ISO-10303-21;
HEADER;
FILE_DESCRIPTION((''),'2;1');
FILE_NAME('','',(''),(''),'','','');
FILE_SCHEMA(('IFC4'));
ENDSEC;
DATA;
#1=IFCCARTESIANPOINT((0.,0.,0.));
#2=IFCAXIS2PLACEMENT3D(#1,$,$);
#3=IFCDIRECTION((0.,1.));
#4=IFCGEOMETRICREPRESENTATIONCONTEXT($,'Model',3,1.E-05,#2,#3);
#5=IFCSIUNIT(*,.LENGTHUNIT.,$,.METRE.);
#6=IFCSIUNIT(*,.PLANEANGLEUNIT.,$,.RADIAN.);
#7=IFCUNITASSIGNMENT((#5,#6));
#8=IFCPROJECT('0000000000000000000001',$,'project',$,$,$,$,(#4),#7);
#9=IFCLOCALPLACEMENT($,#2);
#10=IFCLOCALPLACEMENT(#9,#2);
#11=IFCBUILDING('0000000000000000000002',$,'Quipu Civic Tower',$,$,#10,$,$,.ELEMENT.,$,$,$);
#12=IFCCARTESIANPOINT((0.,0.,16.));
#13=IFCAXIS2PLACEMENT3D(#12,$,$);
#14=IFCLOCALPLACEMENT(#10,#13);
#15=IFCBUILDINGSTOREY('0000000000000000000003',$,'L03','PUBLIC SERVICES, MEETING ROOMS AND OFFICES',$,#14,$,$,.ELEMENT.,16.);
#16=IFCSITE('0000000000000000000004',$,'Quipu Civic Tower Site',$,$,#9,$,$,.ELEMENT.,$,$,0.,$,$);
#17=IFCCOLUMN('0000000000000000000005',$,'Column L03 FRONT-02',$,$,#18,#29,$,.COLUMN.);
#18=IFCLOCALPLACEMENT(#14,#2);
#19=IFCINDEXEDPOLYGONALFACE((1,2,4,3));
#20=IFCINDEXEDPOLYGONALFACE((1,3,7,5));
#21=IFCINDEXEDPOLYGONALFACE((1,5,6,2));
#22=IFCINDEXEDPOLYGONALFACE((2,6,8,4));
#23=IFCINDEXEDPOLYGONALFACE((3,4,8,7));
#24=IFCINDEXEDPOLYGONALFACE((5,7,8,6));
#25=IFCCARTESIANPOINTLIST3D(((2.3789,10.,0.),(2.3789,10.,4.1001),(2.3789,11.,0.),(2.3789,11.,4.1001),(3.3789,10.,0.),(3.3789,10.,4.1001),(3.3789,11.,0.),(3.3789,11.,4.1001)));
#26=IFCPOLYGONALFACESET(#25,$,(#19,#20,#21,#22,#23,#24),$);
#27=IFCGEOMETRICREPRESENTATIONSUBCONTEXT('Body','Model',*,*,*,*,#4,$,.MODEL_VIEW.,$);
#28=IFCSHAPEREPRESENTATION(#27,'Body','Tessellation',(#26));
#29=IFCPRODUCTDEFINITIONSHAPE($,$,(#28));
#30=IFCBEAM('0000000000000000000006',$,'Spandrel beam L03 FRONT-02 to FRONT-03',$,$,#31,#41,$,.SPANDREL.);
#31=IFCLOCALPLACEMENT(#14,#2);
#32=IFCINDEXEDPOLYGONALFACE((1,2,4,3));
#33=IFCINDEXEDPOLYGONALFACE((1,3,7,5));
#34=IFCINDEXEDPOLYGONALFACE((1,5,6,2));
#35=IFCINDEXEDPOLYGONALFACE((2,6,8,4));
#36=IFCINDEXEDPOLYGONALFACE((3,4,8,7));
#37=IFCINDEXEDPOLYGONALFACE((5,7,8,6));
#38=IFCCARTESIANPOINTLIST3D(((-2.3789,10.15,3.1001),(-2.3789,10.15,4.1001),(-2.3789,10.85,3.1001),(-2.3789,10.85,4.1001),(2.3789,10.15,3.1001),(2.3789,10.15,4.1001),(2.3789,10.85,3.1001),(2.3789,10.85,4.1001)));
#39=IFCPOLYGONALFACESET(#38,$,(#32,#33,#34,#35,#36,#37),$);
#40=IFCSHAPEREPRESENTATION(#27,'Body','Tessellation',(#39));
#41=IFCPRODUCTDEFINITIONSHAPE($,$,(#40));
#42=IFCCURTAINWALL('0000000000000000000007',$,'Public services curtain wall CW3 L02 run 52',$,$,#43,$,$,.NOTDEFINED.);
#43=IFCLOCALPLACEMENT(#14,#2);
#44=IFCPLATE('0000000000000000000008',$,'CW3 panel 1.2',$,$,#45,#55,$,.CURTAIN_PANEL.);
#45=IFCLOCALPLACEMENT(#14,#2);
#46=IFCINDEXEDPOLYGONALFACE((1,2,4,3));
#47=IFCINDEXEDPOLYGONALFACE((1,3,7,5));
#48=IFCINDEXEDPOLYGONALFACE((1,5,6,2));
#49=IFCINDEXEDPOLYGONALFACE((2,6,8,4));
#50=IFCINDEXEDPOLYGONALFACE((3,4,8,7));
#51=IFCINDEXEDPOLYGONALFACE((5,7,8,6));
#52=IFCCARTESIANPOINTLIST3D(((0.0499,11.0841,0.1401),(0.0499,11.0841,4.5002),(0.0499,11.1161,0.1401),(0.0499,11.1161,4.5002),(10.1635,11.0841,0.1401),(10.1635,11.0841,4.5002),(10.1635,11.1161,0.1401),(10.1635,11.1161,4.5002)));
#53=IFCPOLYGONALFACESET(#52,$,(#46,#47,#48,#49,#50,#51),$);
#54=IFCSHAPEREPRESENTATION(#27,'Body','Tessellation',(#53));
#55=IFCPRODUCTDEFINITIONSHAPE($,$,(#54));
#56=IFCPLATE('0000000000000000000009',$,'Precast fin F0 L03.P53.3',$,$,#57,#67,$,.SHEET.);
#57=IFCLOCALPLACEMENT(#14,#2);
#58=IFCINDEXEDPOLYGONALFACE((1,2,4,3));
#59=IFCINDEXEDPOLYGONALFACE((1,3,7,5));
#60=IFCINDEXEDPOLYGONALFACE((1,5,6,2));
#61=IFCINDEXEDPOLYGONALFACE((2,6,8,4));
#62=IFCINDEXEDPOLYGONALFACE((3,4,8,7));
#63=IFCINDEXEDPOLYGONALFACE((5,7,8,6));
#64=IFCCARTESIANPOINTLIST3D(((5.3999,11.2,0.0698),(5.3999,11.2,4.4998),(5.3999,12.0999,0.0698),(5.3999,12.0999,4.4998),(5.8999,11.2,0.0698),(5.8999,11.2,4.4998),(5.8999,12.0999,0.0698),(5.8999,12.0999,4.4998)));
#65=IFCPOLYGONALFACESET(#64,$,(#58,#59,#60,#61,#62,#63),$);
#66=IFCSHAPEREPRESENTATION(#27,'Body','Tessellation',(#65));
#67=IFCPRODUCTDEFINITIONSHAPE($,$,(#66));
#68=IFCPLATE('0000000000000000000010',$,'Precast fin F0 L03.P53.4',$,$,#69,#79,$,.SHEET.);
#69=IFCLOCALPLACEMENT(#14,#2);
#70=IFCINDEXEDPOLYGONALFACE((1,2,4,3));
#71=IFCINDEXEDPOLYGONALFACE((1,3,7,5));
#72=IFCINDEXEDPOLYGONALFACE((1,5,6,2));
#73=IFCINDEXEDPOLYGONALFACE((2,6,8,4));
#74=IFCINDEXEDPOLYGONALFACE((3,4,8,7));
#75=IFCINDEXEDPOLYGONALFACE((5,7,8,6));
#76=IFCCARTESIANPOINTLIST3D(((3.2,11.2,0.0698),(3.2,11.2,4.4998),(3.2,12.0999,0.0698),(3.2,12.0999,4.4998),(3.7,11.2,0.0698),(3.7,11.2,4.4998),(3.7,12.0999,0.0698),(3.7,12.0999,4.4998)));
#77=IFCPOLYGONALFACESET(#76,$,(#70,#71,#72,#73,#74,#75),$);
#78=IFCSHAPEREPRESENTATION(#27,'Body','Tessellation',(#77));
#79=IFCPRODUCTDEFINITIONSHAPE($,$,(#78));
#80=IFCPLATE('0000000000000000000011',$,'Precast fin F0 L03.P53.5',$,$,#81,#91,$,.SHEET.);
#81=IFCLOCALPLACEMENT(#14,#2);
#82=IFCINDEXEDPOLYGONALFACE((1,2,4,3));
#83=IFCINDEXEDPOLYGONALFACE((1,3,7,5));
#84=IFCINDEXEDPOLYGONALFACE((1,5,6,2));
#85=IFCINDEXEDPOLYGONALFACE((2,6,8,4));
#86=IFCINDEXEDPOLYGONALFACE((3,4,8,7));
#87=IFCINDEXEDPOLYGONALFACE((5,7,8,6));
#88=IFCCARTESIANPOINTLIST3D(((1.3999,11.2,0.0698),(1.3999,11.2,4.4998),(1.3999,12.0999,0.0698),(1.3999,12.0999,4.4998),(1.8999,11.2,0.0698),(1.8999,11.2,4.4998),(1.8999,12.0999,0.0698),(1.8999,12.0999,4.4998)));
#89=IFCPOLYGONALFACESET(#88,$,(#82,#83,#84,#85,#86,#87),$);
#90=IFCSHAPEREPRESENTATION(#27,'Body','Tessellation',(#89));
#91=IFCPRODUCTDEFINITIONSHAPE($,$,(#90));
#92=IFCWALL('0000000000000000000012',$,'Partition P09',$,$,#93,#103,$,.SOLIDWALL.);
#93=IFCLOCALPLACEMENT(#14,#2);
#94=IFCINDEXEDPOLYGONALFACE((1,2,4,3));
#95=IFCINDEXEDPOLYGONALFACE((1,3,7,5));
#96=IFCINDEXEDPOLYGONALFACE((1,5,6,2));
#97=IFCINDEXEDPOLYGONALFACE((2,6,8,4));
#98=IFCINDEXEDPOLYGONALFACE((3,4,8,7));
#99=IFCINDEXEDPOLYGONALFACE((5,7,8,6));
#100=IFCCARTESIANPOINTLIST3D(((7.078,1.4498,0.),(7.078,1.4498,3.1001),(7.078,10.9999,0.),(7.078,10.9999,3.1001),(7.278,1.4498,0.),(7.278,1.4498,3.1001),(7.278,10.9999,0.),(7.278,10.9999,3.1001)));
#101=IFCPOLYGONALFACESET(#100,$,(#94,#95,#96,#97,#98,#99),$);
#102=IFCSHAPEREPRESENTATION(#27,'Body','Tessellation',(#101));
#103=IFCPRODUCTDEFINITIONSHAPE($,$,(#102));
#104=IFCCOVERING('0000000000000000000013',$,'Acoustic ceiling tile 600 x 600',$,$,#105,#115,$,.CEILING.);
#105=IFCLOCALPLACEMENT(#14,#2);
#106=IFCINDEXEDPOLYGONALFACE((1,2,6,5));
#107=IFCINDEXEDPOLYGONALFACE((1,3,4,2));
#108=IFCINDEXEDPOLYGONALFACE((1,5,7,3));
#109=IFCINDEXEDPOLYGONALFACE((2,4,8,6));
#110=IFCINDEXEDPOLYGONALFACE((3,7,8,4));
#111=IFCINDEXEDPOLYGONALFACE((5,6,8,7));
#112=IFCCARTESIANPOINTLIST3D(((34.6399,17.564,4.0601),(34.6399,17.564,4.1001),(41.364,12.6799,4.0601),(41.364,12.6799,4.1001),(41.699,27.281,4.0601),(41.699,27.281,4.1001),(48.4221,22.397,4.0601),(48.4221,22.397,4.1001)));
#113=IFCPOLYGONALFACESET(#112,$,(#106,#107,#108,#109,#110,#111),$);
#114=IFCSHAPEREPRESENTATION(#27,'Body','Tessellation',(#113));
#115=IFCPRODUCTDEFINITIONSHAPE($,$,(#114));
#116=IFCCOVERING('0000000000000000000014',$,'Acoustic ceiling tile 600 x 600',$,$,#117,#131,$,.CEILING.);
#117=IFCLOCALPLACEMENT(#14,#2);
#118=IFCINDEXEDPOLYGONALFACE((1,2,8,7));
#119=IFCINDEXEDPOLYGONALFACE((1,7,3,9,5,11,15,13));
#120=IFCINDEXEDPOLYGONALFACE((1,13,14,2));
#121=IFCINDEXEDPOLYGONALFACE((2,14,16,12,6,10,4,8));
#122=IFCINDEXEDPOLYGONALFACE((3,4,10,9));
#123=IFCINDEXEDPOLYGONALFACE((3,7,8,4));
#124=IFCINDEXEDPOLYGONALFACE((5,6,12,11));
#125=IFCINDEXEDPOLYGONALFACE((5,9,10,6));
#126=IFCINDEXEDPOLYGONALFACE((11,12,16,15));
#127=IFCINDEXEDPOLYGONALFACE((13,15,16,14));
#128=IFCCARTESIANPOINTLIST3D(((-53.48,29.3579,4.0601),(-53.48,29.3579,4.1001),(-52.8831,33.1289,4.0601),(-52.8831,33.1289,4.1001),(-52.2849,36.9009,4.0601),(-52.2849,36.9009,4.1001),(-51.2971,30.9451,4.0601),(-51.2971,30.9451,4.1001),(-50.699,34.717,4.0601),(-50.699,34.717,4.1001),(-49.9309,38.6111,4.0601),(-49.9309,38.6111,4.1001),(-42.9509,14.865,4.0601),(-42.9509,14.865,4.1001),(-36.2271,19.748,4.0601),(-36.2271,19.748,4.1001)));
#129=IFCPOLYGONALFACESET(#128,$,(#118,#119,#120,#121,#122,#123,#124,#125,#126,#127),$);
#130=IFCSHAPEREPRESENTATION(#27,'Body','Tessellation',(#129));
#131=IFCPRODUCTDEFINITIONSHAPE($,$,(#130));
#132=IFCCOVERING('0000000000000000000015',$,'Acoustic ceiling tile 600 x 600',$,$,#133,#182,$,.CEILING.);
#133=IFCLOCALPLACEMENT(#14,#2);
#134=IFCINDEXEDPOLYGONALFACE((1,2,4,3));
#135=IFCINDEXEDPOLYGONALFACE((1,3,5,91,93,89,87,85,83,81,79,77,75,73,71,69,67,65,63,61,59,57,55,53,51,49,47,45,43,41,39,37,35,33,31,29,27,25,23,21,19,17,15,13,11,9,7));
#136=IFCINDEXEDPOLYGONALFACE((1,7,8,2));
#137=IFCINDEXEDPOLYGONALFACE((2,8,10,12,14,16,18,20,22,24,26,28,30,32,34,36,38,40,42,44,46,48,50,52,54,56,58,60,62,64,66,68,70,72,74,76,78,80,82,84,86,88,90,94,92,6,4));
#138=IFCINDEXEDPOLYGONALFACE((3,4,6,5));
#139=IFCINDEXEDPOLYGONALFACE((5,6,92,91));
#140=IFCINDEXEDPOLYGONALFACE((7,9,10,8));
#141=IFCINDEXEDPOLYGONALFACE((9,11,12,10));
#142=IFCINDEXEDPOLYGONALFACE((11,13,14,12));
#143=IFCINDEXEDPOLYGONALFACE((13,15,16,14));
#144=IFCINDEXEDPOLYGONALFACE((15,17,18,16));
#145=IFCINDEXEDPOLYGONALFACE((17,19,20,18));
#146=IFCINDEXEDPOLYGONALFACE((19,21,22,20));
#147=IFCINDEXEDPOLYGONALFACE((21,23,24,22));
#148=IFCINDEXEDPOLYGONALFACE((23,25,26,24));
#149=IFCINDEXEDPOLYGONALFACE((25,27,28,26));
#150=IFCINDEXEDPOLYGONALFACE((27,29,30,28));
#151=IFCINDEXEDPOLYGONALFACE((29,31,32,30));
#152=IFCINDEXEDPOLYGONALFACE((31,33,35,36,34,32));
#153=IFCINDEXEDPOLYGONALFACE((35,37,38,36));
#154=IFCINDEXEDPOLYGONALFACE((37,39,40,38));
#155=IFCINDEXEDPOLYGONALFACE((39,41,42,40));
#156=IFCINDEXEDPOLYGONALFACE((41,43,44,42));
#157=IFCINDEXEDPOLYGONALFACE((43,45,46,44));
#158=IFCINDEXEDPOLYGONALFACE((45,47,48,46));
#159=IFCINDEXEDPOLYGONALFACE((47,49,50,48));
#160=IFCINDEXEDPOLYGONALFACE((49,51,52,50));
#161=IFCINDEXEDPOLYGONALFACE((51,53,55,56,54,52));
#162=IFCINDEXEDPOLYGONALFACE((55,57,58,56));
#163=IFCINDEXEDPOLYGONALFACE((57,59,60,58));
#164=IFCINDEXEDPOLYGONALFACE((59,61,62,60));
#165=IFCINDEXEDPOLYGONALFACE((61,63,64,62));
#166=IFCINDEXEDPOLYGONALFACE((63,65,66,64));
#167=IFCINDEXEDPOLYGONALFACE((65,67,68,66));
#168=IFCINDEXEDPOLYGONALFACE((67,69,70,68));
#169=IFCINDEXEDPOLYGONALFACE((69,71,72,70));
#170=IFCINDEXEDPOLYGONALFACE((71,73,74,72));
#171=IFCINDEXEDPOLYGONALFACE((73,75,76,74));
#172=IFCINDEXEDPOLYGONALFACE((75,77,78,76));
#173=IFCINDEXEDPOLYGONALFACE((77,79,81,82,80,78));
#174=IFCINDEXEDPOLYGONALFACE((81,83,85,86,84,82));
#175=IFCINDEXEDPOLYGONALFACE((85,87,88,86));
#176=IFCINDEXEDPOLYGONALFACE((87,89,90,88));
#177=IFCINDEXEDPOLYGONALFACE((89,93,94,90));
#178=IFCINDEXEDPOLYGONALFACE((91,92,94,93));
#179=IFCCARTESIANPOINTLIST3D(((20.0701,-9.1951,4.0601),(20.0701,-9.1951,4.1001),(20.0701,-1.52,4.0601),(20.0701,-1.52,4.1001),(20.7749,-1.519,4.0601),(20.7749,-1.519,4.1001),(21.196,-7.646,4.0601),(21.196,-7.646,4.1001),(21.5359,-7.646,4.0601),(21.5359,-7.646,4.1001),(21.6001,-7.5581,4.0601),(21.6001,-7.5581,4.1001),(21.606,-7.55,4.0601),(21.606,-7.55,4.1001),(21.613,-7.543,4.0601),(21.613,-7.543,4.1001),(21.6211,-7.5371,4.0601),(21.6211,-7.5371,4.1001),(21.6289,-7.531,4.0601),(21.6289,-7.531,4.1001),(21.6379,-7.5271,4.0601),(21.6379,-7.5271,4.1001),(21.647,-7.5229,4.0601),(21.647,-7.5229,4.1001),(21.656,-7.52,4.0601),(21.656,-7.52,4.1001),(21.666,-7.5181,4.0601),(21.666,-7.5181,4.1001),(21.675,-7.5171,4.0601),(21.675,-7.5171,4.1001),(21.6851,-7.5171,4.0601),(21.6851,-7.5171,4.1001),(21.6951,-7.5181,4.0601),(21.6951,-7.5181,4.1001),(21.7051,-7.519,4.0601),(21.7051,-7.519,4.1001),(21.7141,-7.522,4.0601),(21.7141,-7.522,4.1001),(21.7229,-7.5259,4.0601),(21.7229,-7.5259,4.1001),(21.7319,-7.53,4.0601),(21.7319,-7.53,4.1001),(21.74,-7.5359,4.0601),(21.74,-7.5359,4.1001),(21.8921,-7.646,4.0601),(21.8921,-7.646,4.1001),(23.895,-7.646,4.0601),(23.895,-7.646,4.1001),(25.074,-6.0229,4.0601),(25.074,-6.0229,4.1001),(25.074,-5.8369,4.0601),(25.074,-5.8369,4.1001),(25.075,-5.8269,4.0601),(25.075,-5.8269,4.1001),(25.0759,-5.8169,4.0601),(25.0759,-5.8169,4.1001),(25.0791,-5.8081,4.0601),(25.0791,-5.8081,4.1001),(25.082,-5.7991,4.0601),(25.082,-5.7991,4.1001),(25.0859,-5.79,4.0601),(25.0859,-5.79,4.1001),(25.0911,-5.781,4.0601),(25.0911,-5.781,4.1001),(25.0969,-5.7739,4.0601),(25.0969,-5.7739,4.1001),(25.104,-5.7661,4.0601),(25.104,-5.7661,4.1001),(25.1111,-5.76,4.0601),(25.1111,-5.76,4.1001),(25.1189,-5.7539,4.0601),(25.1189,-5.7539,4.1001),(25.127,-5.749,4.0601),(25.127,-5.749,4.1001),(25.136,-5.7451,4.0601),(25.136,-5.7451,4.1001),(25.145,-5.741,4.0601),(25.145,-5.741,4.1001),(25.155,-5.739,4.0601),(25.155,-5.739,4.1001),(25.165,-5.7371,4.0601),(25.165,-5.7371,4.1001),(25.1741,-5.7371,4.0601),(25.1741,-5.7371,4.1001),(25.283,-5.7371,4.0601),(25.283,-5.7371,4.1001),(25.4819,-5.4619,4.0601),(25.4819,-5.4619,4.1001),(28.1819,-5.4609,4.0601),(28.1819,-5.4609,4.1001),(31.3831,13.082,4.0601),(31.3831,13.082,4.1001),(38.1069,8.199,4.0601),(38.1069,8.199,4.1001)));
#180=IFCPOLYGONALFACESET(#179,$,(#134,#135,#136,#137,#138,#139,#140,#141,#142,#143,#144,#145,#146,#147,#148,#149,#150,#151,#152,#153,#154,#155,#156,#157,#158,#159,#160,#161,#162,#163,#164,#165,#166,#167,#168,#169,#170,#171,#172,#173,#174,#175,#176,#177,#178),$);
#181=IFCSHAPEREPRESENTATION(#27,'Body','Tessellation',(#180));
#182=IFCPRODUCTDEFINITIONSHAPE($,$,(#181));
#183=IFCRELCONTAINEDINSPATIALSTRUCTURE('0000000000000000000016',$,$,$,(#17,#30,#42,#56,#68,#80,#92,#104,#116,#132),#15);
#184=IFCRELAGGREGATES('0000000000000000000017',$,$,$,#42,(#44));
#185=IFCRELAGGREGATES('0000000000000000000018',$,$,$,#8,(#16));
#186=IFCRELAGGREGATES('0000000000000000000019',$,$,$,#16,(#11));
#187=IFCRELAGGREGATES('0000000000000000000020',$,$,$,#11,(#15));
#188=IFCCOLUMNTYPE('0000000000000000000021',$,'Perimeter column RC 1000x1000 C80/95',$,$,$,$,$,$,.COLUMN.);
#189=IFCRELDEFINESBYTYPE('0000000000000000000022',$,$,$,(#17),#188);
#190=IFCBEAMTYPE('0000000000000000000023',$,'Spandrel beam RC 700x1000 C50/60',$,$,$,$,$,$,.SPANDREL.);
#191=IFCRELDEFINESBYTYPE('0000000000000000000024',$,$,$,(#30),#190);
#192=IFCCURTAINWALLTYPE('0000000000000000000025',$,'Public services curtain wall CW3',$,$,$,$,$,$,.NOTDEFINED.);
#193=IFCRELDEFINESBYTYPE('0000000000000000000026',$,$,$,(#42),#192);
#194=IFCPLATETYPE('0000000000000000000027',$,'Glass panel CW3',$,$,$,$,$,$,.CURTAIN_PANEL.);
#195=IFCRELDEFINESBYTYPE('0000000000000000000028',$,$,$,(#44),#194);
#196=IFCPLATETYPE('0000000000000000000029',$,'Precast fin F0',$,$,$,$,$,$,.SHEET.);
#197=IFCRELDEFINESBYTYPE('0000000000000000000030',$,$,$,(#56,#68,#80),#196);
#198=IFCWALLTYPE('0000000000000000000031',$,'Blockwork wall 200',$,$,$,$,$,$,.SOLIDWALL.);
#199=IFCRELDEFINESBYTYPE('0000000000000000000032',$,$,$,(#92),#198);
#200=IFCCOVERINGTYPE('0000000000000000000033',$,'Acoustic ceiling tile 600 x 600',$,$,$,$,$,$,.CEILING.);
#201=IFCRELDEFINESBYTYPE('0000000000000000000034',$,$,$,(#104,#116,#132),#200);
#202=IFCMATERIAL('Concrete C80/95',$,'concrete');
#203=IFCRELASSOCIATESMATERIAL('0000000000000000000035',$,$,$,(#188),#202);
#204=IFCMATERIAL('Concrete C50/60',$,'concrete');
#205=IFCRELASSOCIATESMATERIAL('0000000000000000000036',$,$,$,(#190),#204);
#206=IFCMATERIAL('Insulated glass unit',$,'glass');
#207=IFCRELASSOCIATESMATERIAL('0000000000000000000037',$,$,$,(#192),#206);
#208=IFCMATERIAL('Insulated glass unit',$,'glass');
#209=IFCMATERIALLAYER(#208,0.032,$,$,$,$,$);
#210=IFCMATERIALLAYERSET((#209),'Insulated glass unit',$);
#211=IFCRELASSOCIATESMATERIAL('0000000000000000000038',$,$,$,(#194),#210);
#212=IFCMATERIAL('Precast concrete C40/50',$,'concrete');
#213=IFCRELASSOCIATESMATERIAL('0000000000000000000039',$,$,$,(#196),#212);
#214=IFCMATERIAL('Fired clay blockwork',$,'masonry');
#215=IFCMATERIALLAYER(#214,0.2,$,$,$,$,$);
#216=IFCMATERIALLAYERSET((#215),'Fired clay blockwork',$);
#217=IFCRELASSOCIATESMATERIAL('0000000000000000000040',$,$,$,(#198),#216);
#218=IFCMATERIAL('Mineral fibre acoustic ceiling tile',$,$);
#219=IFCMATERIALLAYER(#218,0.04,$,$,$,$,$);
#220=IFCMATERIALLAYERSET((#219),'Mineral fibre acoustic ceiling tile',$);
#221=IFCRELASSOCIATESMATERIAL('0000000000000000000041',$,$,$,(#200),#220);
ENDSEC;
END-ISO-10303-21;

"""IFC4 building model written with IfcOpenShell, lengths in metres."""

from ifc_helpers import new_model, si_unit, direction, frame, frame_2d, origin, origin_2d, place, context, subcontext, project, spatial, polyline, rectangle, outline, extrude, material, layer, layer_set, material_profile, profile_set, type_object, element, aggregate, save


model = new_model("IFC4")

# Units and contexts
model_context = context("Model", 3, precision=1e-05, world=origin(), true_north=direction((0.0, 1.0)))
body_context = subcontext(model_context, "Body", "Model", "MODEL_VIEW")
ifc_project = project(units=[si_unit("LENGTHUNIT", "METRE"), si_unit("PLANEANGLEUNIT", "RADIAN")], contexts=[model_context])

# Site, building, storey
site_placement = place(None, origin())
site = spatial("IfcSite", under=ifc_project, at=site_placement, Name="Quipu Civic Tower Site", CompositionType="ELEMENT", RefElevation=0.0)
building_placement = place(site_placement, origin())
building = spatial("IfcBuilding", under=site, at=building_placement, Name="Quipu Civic Tower", CompositionType="ELEMENT")
storey_placement = place(building_placement, frame((0.0, 0.0, 16.0)))
storey = spatial("IfcBuildingStorey", under=building, at=storey_placement, Name="L03", Description="PUBLIC SERVICES, MEETING ROOMS AND OFFICES", CompositionType="ELEMENT", Elevation=16.0)

# Column
ifc_material_1 = material(Name="Concrete C80/95", Category="concrete")
ifc_material_profile_1 = material_profile(ifc_material_1, rectangle(XDim=1.0, YDim=1.0, at=origin_2d()), Name="RC1000x1000")
ifc_profile_set_1 = profile_set([ifc_material_profile_1], Name="Concrete C80/95")
column_type = type_object("IfcColumnType", Name="Perimeter column RC 1000x1000 C80/95", PredefinedType="COLUMN", material=ifc_profile_set_1)
column_placement = place(storey_placement, frame((2.8789, 10.5, 0.0), z_axis=(0.0, 0.0, 1.0), x_axis=(-1.0, 0.0, 0.0)))
element("IfcColumn", 1, at=column_placement, inside=storey, type_object=column_type, Name="Column L03 FRONT-02", PredefinedType="COLUMN", context=body_context, shape_type="SweptSolid", body=[
    extrude(rectangle(XDim=1.0, YDim=1.0, at=origin_2d()), origin(), (0.0, 0.0, 1.0), 4.1001),
])

# Beam
ifc_material_2 = material(Name="Concrete C50/60", Category="concrete")
ifc_material_profile_2 = material_profile(ifc_material_2, rectangle(XDim=0.7, YDim=1.0, at=origin_2d()), Name="RC700x1000")
ifc_profile_set_2 = profile_set([ifc_material_profile_2], Name="Concrete C50/60")
beam_type = type_object("IfcBeamType", Name="Spandrel beam RC 700x1000 C50/60", PredefinedType="SPANDREL", material=ifc_profile_set_2)
beam_placement = place(storey_placement, frame((2.3789, 10.5, 3.6001), z_axis=(-1.0, 0.0, 0.0), x_axis=(0.0, -1.0, 0.0)))
element("IfcBeam", 2, at=beam_placement, inside=storey, type_object=beam_type, Name="Spandrel beam L03 FRONT-02 to FRONT-03", PredefinedType="SPANDREL", context=body_context, shape_type="SweptSolid", body=[
    extrude(rectangle(XDim=0.7, YDim=1.0, at=origin_2d()), origin(), (0.0, 0.0, 1.0), 4.7578),
])

# Curtain wall, plate
ifc_material_3 = material(Name="Insulated glass unit", Category="glass")
curtain_wall_type = type_object("IfcCurtainWallType", Name="Public services curtain wall CW3", PredefinedType="NOTDEFINED", material=ifc_material_3)
curtain_wall_placement = place(storey_placement, origin())
curtain_wall = element("IfcCurtainWall", 3, at=curtain_wall_placement, inside=storey, type_object=curtain_wall_type, Name="Public services curtain wall CW3 L02 run 52", PredefinedType="NOTDEFINED")
ifc_material_4 = material(Name="Insulated glass unit", Category="glass")
ifc_layer_1 = layer(ifc_material_4, 0.032)
ifc_layer_set_1 = layer_set([ifc_layer_1], Name="Insulated glass unit")
plate_type_1 = type_object("IfcPlateType", Name="Glass panel CW3", PredefinedType="CURTAIN_PANEL", material=ifc_layer_set_1)
plate_placement = place(storey_placement, frame((5.1067, 11.1001, 0.1401), z_axis=(0.0, 0.0, 1.0), x_axis=(-1.0, 0.0, 0.0)))
plate = element("IfcPlate", 4, at=plate_placement, type_object=plate_type_1, Name="CW3 panel 1.2", PredefinedType="CURTAIN_PANEL", context=body_context, shape_type="SweptSolid", body=[
    extrude(rectangle(XDim=10.1135, YDim=0.032, at=origin_2d()), origin(), (0.0, 0.0, 1.0), 4.3601),
])
aggregate(curtain_wall, [plate])

# Plates
ifc_material_5 = material(Name="Precast concrete C40/50", Category="concrete")
plate_type_2 = type_object("IfcPlateType", Name="Precast fin F0", PredefinedType="SHEET", material=ifc_material_5)
for number, where, z_axis, x_axis, name in (
    (5, (5.6499, 11.6499, 0.0698), (0.0, 0.0, 1.0), (-1.0, 0.0, 0.0), "Precast fin F0 L03.P53.3"),
    (6, (3.45, 11.6499, 0.0698), (0.0, 0.0, 1.0), (-1.0, 0.0, 0.0), "Precast fin F0 L03.P53.4"),
    (7, (1.6499, 11.6499, 0.0698), (0.0, 0.0, 1.0), (-1.0, 0.0, 0.0), "Precast fin F0 L03.P53.5"),
):
    element("IfcPlate", number, at=place(storey_placement, frame(where, z_axis=z_axis, x_axis=x_axis)), inside=storey, type_object=plate_type_2, Name=name, PredefinedType="SHEET", context=body_context, shape_type="SweptSolid", body=[
        extrude(rectangle(XDim=0.5, YDim=0.8999, at=origin_2d()), origin(), (0.0, 0.0, 1.0), 4.4299),
    ])

# Wall
ifc_material_6 = material(Name="Fired clay blockwork", Category="masonry")
ifc_layer_2 = layer(ifc_material_6, 0.2)
ifc_layer_set_2 = layer_set([ifc_layer_2], Name="Fired clay blockwork")
wall_type = type_object("IfcWallType", Name="Blockwork wall 200", PredefinedType="SOLIDWALL", material=ifc_layer_set_2)
wall_placement = place(storey_placement, frame((7.178, 1.45, 0.0), z_axis=(0.0, 0.0, 1.0), x_axis=(0.0, 1.0, 0.0)))
element("IfcWall", 8, at=wall_placement, inside=storey, type_object=wall_type, Name="Partition P09", PredefinedType="SOLIDWALL", context=body_context, shape_type="SweptSolid", body=[
    extrude(rectangle(XDim=9.55, YDim=0.2, at=frame_2d((4.7749, 0.0))), origin(), (0.0, 0.0, 1.0), 3.1001),
])

# Coverings
ifc_material_7 = material(Name="Mineral fibre acoustic ceiling tile")
ifc_layer_3 = layer(ifc_material_7, 0.04)
ifc_layer_set_3 = layer_set([ifc_layer_3], Name="Mineral fibre acoustic ceiling tile")
covering_type_1 = type_object("IfcCoveringType", Name="Acoustic ceiling tile 600 x 600", PredefinedType="CEILING", material=ifc_layer_set_3)
covering_1_placement = place(storey_placement, frame((0.0, 0.0, 4.0601)))
element("IfcCovering", 9, at=covering_1_placement, inside=storey, type_object=covering_type_1, Name="Acoustic ceiling tile 600 x 600", PredefinedType="CEILING", context=body_context, shape_type="SweptSolid", body=[
    extrude(outline(polyline([(34.6399, 17.564), (41.699, 27.281), (48.4221, 22.397), (41.364, 12.6799), (34.6399, 17.564)])), origin(), (0.0, 0.0, 1.0), 0.04),
])
covering_2_placement = place(storey_placement, frame((0.0, 0.0, 4.0601)))
element("IfcCovering", 10, at=covering_2_placement, inside=storey, type_object=covering_type_1, Name="Acoustic ceiling tile 600 x 600", PredefinedType="CEILING", context=body_context, shape_type="SweptSolid", body=[
    extrude(outline(polyline([(-53.48, 29.3579), (-51.2971, 30.9451), (-52.8831, 33.1289), (-50.699, 34.717), (-52.2849, 36.9009), (-49.9309, 38.6111), (-36.2271, 19.748), (-42.9509, 14.865), (-53.48, 29.3579)])), origin(), (0.0, 0.0, 1.0), 0.04),
])
covering_3_placement = place(storey_placement, frame((0.0, 0.0, 4.0601)))
element("IfcCovering", 11, at=covering_3_placement, inside=storey, type_object=covering_type_1, Name="Acoustic ceiling tile 600 x 600", PredefinedType="CEILING", context=body_context, shape_type="SweptSolid", body=[
    extrude(outline(polyline([(20.0701, -9.1951), (20.0701, -1.52), (20.7749, -1.519), (31.3831, 13.082), (38.1069, 8.199), (28.1819, -5.4609), (25.4819, -5.4619), (25.283, -5.7371), (25.1741, -5.7371), (25.165, -5.7371), (25.155, -5.739), (25.145, -5.741), (25.136, -5.7451), (25.127, -5.749), (25.1189, -5.7539), (25.1111, -5.76), (25.104, -5.7661), (25.0969, -5.7739), (25.0911, -5.781), (25.0859, -5.79), (25.082, -5.7991), (25.0791, -5.8081), (25.0759, -5.8169), (25.075, -5.8269), (25.074, -5.8369), (25.074, -6.0229), (23.895, -7.646), (21.8921, -7.646), (21.74, -7.5359), (21.7319, -7.53), (21.7229, -7.5259), (21.7141, -7.522), (21.7051, -7.519), (21.6951, -7.5181), (21.6851, -7.5171), (21.675, -7.5171), (21.666, -7.5181), (21.656, -7.52), (21.647, -7.5229), (21.6379, -7.5271), (21.6289, -7.531), (21.6211, -7.5371), (21.613, -7.543), (21.606, -7.55), (21.6001, -7.5581), (21.5359, -7.646), (21.196, -7.646), (20.0701, -9.1951)])), origin(), (0.0, 0.0, 1.0), 0.04),
])

save(model, "model.ifc")
